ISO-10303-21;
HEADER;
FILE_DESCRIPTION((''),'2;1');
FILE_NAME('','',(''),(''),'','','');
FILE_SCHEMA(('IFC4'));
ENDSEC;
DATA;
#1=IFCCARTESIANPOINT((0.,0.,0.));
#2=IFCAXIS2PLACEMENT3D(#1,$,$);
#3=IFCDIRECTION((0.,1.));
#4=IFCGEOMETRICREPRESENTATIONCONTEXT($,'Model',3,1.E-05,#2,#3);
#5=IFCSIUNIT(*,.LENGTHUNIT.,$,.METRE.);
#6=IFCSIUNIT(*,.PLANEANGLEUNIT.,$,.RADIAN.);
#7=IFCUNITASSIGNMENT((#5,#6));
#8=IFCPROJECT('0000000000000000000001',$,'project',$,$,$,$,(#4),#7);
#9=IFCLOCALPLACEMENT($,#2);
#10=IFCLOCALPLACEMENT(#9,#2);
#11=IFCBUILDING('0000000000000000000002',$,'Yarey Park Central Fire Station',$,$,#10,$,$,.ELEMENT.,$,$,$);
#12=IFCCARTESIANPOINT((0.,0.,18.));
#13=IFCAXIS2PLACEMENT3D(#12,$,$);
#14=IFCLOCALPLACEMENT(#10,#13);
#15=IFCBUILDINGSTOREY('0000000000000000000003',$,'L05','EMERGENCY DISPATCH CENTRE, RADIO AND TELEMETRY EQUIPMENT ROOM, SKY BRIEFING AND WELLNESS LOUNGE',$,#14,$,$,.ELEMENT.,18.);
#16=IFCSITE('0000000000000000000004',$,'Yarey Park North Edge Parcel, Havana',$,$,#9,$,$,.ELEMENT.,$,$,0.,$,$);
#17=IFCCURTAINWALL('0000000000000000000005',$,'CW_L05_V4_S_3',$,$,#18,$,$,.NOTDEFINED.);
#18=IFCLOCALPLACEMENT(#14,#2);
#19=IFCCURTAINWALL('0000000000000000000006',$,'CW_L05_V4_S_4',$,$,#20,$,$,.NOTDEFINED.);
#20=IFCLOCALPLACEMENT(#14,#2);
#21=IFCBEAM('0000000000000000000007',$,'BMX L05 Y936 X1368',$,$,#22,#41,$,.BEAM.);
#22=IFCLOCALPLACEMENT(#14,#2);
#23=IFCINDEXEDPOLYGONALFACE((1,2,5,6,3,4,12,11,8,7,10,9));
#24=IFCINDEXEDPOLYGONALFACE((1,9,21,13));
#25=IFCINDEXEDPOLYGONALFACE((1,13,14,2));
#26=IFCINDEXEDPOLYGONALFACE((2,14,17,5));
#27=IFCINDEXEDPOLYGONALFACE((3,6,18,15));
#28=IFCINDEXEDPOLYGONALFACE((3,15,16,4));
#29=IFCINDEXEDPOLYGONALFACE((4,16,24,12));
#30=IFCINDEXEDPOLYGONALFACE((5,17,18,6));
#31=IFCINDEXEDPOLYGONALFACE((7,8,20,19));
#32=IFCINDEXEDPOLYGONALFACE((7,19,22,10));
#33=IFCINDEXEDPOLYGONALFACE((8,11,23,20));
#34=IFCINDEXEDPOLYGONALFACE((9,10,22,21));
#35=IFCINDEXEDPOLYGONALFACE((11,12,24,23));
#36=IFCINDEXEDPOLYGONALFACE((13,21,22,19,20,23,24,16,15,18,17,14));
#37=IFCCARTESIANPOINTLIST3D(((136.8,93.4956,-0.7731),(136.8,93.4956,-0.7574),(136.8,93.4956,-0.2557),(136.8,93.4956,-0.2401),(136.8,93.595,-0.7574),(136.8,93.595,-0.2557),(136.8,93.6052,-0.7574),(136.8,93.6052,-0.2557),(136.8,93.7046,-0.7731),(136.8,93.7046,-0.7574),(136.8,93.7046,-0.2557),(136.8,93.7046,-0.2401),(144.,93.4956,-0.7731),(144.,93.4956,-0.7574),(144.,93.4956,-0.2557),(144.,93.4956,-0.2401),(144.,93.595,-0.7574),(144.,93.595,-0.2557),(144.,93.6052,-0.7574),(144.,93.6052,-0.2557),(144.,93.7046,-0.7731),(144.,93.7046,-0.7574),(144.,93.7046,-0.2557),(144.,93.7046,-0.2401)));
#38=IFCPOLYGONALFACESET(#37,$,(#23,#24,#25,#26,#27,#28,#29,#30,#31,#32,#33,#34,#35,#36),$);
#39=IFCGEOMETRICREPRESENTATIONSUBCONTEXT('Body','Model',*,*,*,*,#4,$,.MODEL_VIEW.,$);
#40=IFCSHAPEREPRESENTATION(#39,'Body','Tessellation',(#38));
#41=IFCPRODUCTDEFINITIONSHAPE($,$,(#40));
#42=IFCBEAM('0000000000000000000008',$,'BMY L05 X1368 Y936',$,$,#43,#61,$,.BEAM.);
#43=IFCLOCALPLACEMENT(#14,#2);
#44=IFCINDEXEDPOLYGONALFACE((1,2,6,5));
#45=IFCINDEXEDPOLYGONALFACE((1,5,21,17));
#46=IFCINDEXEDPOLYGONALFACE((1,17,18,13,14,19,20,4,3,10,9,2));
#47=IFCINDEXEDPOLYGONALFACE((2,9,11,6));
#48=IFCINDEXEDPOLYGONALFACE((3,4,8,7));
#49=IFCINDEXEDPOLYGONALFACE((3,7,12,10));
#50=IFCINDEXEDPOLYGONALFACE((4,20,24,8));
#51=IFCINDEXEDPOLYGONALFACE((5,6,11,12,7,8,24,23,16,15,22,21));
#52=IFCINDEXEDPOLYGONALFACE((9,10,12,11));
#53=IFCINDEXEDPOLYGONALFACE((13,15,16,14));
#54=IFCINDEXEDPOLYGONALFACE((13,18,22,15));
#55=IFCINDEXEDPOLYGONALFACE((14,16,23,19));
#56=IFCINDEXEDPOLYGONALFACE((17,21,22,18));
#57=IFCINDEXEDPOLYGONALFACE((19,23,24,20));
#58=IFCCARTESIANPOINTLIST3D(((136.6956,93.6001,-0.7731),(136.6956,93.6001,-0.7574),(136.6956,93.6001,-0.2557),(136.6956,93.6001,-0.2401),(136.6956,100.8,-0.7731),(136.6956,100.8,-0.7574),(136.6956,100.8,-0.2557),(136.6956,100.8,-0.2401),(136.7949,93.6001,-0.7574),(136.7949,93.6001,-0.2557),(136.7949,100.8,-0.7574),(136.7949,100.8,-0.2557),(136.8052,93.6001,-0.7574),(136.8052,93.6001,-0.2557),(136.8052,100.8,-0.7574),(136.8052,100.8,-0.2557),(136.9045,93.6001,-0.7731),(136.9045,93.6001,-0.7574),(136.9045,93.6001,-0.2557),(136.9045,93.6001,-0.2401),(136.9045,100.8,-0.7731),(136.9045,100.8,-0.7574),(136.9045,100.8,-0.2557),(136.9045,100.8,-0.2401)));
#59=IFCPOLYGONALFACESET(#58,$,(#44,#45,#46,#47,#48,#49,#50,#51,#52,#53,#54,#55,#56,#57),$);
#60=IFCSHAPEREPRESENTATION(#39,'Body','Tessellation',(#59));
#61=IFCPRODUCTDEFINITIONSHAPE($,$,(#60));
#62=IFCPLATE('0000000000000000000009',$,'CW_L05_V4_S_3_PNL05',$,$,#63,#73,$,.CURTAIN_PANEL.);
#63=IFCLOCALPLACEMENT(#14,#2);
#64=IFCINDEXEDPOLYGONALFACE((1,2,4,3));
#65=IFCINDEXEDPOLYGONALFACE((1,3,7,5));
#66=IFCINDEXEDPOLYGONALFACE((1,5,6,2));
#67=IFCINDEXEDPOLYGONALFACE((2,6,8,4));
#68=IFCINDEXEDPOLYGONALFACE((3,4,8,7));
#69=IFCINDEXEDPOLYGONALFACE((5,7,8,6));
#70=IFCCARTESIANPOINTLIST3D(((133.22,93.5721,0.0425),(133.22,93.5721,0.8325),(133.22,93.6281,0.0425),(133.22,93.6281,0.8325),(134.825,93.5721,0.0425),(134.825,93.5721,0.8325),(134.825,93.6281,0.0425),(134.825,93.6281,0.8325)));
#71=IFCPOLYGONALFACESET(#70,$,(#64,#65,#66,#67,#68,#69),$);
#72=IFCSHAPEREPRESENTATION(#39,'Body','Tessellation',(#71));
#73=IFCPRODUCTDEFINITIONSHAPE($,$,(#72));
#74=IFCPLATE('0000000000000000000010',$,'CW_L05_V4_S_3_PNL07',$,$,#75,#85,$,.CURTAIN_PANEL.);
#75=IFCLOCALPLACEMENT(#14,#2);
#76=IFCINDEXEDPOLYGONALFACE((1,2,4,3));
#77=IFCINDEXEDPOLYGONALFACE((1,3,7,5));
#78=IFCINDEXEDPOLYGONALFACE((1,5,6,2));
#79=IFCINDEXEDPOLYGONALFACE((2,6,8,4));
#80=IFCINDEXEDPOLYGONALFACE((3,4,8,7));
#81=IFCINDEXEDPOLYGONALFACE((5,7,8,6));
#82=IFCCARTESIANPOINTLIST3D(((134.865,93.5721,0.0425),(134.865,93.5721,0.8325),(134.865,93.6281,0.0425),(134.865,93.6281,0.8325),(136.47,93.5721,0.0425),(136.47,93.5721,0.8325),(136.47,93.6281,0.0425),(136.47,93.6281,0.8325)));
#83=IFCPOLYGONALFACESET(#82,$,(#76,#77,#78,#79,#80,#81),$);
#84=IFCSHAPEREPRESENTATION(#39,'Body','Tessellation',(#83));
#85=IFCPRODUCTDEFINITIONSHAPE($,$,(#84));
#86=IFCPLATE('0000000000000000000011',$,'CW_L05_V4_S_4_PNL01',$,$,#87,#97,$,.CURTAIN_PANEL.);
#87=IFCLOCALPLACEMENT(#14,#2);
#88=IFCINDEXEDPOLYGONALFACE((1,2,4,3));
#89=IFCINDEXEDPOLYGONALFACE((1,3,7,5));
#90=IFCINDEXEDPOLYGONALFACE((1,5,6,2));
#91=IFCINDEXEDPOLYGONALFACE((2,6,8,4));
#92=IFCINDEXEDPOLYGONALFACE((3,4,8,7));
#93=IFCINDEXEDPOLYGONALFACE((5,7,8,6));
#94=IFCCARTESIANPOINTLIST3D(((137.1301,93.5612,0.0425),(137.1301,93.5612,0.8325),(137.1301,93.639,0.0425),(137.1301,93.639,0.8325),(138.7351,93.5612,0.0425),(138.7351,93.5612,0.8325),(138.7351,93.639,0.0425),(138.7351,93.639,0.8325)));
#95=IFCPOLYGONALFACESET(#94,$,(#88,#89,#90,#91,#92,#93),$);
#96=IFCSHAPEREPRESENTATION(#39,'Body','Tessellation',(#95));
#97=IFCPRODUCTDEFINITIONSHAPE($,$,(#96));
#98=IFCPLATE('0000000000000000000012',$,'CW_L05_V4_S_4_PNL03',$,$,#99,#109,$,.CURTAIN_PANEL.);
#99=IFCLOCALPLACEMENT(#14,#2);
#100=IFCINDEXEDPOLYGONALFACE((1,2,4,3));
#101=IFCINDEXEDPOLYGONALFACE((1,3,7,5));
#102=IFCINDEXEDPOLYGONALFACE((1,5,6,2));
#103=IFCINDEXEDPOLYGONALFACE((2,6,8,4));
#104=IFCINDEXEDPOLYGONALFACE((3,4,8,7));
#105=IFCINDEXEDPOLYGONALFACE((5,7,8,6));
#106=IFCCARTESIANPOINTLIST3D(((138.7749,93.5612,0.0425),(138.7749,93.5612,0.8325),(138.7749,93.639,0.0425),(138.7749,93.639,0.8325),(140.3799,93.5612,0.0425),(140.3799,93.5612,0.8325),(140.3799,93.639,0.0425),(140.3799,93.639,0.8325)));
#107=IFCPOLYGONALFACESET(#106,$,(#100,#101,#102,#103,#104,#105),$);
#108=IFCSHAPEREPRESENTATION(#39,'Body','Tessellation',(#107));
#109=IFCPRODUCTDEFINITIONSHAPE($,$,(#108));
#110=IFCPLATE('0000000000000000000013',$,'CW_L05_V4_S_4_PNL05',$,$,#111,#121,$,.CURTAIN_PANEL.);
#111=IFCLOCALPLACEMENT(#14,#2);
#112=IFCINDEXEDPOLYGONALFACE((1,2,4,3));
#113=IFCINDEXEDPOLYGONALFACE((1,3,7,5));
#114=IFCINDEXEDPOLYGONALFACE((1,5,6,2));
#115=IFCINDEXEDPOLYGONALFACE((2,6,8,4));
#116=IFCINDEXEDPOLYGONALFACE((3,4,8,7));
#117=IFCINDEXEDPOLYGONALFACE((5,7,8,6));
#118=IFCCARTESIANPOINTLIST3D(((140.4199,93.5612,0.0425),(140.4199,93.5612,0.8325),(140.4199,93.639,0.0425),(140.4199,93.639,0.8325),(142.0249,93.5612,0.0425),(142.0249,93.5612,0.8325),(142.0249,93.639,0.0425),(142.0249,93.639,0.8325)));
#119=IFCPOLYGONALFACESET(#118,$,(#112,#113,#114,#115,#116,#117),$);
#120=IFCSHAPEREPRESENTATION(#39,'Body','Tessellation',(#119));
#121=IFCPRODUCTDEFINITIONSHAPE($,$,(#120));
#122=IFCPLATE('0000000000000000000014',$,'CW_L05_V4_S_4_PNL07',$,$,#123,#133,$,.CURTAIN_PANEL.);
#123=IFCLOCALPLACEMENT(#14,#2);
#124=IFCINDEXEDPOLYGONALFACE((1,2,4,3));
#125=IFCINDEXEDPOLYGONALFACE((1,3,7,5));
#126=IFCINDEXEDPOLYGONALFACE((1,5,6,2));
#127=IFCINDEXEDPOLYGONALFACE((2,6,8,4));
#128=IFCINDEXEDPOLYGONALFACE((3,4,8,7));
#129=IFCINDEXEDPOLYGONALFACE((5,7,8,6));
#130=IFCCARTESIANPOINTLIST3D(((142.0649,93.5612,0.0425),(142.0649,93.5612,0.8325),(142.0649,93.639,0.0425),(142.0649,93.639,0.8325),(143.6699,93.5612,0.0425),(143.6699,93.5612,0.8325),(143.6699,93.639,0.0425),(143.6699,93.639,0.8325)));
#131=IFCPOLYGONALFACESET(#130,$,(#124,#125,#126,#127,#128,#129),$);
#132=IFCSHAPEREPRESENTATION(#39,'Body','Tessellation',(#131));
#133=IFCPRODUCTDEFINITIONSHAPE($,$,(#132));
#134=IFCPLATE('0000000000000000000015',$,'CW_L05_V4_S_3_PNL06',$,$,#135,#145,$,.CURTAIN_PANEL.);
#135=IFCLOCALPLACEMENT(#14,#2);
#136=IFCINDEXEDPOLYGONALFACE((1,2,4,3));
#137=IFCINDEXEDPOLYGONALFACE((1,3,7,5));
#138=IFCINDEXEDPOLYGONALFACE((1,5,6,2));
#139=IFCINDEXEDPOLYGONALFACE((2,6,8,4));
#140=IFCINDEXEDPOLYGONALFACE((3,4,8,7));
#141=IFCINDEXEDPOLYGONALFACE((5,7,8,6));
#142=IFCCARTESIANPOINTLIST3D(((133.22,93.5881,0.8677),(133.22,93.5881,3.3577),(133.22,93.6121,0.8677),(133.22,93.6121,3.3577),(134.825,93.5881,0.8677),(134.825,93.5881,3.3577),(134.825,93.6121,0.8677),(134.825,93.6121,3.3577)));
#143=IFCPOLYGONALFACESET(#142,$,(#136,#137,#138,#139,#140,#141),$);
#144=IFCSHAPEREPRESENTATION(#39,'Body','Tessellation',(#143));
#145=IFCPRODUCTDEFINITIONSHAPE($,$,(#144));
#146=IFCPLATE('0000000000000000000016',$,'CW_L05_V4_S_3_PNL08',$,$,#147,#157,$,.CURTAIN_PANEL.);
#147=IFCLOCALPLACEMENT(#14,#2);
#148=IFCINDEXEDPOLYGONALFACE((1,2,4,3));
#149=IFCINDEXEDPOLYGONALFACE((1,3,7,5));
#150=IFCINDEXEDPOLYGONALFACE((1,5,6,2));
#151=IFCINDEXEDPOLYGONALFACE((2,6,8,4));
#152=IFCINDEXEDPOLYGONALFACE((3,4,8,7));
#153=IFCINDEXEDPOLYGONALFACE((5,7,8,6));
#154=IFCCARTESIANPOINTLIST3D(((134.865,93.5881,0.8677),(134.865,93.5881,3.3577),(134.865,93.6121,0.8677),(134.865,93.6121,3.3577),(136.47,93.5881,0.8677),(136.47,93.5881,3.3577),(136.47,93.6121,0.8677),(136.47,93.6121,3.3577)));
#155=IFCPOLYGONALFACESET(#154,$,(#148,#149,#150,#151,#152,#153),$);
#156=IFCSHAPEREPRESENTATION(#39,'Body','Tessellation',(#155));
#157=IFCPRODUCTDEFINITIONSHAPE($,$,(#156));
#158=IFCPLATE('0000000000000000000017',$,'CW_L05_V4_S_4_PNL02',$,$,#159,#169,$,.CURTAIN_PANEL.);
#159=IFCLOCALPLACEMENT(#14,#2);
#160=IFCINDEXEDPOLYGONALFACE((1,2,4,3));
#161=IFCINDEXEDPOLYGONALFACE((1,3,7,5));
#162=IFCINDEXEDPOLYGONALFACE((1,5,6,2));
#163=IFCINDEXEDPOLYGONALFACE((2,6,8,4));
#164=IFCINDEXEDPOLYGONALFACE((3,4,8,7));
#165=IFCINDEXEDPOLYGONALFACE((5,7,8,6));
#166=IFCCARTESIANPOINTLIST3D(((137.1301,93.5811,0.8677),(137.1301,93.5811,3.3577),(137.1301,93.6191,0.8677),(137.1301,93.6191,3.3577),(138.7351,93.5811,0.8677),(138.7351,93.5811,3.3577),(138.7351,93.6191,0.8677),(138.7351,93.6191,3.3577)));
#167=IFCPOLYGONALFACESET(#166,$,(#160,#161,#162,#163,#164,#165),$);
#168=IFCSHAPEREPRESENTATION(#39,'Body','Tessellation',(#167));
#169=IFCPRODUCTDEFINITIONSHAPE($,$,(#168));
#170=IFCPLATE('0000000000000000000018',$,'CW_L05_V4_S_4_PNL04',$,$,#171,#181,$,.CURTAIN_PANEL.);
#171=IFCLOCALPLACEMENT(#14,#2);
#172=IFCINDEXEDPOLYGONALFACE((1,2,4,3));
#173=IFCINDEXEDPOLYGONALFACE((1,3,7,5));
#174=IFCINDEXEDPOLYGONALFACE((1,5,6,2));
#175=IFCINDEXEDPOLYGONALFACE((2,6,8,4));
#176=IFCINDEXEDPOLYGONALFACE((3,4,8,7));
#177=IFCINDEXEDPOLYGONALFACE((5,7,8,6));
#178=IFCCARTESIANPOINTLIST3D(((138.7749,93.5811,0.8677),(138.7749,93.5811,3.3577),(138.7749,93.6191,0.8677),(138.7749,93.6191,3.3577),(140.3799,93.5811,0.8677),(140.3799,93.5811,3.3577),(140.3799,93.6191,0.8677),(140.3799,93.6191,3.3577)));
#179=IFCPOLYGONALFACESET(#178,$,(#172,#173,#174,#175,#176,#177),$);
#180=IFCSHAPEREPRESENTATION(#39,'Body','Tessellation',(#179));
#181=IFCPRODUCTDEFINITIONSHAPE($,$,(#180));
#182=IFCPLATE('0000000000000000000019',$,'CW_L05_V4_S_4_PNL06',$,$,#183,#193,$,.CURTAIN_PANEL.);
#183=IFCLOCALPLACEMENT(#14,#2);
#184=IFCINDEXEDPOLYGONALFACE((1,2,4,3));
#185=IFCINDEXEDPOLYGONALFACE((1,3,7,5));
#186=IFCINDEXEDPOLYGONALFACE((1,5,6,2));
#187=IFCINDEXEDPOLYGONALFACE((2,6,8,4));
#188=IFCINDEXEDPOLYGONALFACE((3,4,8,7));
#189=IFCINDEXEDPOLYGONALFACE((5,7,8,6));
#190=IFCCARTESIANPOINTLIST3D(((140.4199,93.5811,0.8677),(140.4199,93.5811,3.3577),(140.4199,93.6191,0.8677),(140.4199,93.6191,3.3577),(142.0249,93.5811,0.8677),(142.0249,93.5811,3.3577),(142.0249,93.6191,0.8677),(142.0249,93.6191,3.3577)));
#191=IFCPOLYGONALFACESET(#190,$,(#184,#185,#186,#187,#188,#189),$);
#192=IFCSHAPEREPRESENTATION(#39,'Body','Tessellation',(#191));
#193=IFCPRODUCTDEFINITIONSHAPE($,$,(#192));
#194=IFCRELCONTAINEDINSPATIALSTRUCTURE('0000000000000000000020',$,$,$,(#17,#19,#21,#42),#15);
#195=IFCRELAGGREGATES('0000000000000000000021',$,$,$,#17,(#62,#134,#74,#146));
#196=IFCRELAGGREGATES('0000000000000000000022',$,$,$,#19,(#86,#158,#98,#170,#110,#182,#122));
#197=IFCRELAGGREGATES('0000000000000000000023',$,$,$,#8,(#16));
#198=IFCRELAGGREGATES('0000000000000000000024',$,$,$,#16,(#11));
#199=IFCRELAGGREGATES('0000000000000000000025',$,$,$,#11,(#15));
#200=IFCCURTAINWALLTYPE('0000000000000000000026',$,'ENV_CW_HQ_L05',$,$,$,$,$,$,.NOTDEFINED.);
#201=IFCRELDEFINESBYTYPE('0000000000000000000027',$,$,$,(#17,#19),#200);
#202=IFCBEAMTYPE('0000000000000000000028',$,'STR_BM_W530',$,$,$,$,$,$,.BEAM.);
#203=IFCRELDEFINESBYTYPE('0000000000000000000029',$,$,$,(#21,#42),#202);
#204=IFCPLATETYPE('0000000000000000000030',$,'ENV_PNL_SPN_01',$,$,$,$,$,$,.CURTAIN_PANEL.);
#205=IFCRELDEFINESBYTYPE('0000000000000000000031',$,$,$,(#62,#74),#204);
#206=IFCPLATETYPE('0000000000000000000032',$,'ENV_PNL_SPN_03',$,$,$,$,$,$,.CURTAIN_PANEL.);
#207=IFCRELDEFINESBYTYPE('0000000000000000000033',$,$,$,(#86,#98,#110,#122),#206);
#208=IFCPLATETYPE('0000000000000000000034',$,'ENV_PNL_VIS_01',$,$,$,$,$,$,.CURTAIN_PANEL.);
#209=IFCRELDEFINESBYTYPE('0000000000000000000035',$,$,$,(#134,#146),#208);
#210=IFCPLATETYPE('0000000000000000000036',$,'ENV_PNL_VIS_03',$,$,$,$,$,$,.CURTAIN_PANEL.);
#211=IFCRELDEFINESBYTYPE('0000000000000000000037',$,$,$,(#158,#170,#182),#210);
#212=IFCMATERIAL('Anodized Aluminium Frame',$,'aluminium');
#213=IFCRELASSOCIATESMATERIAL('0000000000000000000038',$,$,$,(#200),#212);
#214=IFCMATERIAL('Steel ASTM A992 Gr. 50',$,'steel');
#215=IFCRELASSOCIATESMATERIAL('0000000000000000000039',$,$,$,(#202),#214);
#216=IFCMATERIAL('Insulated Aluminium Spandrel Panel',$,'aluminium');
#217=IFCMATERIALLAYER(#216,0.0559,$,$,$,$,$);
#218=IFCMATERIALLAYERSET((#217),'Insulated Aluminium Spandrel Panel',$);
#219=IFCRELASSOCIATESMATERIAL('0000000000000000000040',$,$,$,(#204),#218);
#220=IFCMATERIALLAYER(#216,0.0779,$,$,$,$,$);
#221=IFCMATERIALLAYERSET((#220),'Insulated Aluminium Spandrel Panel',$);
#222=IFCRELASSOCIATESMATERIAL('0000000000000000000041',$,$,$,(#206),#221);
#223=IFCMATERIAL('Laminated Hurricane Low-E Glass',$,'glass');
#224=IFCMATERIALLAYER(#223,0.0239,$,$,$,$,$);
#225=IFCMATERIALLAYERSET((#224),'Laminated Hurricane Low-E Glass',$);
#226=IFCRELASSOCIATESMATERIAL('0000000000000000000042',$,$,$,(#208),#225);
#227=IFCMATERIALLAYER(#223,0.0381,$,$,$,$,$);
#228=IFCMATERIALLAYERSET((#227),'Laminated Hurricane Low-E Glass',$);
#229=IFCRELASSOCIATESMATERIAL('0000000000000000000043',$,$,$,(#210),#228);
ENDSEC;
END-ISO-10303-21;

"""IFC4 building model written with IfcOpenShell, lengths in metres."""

from ifc_helpers import new_model, si_unit, direction, frame, origin, origin_2d, place, context, subcontext, project, spatial, rectangle, i_section, extrude, material, layer, layer_set, material_profile, profile_set, type_object, element, aggregate, save


model = new_model("IFC4")

# Units and contexts
model_context = context("Model", 3, precision=1e-05, world=origin(), true_north=direction((0.0, 1.0)))
body_context = subcontext(model_context, "Body", "Model", "MODEL_VIEW")
ifc_project = project(units=[si_unit("LENGTHUNIT", "METRE"), si_unit("PLANEANGLEUNIT", "RADIAN")], contexts=[model_context])

# Site, building, storey
site_placement = place(None, origin())
site = spatial("IfcSite", under=ifc_project, at=site_placement, Name="Yarey Park North Edge Parcel, Havana", CompositionType="ELEMENT", RefElevation=0.0)
building_placement = place(site_placement, origin())
building = spatial("IfcBuilding", under=site, at=building_placement, Name="Yarey Park Central Fire Station", CompositionType="ELEMENT")
storey_placement = place(building_placement, frame((0.0, 0.0, 18.0)))
storey = spatial("IfcBuildingStorey", under=building, at=storey_placement, Name="L05", Description="EMERGENCY DISPATCH CENTRE, RADIO AND TELEMETRY EQUIPMENT ROOM, SKY BRIEFING AND WELLNESS LOUNGE", CompositionType="ELEMENT", Elevation=18.0)

# Curtain walls
ifc_material_1 = material(Name="Anodized Aluminium Frame", Category="aluminium")
curtain_wall_type = type_object("IfcCurtainWallType", Name="ENV_CW_HQ_L05", PredefinedType="NOTDEFINED", material=ifc_material_1)
curtain_wall_1_placement = place(storey_placement, origin())
curtain_wall_1 = element("IfcCurtainWall", 1, at=curtain_wall_1_placement, inside=storey, type_object=curtain_wall_type, Name="CW_L05_V4_S_3", PredefinedType="NOTDEFINED")
curtain_wall_2_placement = place(storey_placement, origin())
curtain_wall_2 = element("IfcCurtainWall", 2, at=curtain_wall_2_placement, inside=storey, type_object=curtain_wall_type, Name="CW_L05_V4_S_4", PredefinedType="NOTDEFINED")

# Beams
ifc_material_2 = material(Name="Steel ASTM A992 Gr. 50", Category="steel")
ifc_material_profile_1 = material_profile(ifc_material_2, i_section(OverallWidth=0.209, OverallDepth=0.533, WebThickness=0.0103, FlangeThickness=0.0156, at=origin_2d()), Name="W530x92")
ifc_profile_set_1 = profile_set([ifc_material_profile_1], Name="Steel ASTM A992 Gr. 50")
beam_type = type_object("IfcBeamType", Name="STR_BM_W530", PredefinedType="BEAM", material=ifc_profile_set_1)
for number, where, z_axis, x_axis, name in (
    (3, (136.8, 93.6001, -0.5066), (1.0, 0.0, 0.0), (0.0, 1.0, 0.0), "BMX L05 Y936 X1368"),
    (4, (136.8, 93.6001, -0.5066), (0.0, 1.0, 0.0), (-1.0, 0.0, 0.0), "BMY L05 X1368 Y936"),
):
    element("IfcBeam", number, at=place(storey_placement, frame(where, z_axis=z_axis, x_axis=x_axis)), inside=storey, type_object=beam_type, Name=name, PredefinedType="BEAM", context=body_context, shape_type="SweptSolid", body=[
        extrude(i_section(OverallWidth=0.209, OverallDepth=0.533, WebThickness=0.0103, FlangeThickness=0.0156, at=origin_2d()), origin(), (0.0, 0.0, 1.0), 7.2),
    ])

# Plates
ifc_material_3 = material(Name="Insulated Aluminium Spandrel Panel", Category="aluminium")
ifc_layer_1 = layer(ifc_material_3, 0.0559)
ifc_layer_set_1 = layer_set([ifc_layer_1], Name="Insulated Aluminium Spandrel Panel")
plate_type_1 = type_object("IfcPlateType", Name="ENV_PNL_SPN_01", PredefinedType="CURTAIN_PANEL", material=ifc_layer_set_1)
plate_1_placement = place(storey_placement, frame((134.0225, 93.6001, 0.0425), z_axis=(0.0, 0.0, 1.0), x_axis=(1.0, 0.0, 0.0)))
plate_1 = element("IfcPlate", 5, at=plate_1_placement, type_object=plate_type_1, Name="CW_L05_V4_S_3_PNL05", PredefinedType="CURTAIN_PANEL", context=body_context, shape_type="SweptSolid", body=[
    extrude(rectangle(XDim=1.605, YDim=0.0559, at=origin_2d()), origin(), (0.0, 0.0, 1.0), 0.79),
])
plate_2_placement = place(storey_placement, frame((135.6675, 93.6001, 0.0425), z_axis=(0.0, 0.0, 1.0), x_axis=(1.0, 0.0, 0.0)))
plate_2 = element("IfcPlate", 6, at=plate_2_placement, type_object=plate_type_1, Name="CW_L05_V4_S_3_PNL07", PredefinedType="CURTAIN_PANEL", context=body_context, shape_type="SweptSolid", body=[
    extrude(rectangle(XDim=1.605, YDim=0.0559, at=origin_2d()), origin(), (0.0, 0.0, 1.0), 0.79),
])
ifc_layer_2 = layer(ifc_material_3, 0.0779)
ifc_layer_set_2 = layer_set([ifc_layer_2], Name="Insulated Aluminium Spandrel Panel")
plate_type_2 = type_object("IfcPlateType", Name="ENV_PNL_SPN_03", PredefinedType="CURTAIN_PANEL", material=ifc_layer_set_2)
plate_3_placement = place(storey_placement, frame((137.9326, 93.6001, 0.0425), z_axis=(0.0, 0.0, 1.0), x_axis=(1.0, 0.0, 0.0)))
plate_3 = element("IfcPlate", 7, at=plate_3_placement, type_object=plate_type_2, Name="CW_L05_V4_S_4_PNL01", PredefinedType="CURTAIN_PANEL", context=body_context, shape_type="SweptSolid", body=[
    extrude(rectangle(XDim=1.605, YDim=0.0779, at=origin_2d()), origin(), (0.0, 0.0, 1.0), 0.79),
])
plate_4_placement = place(storey_placement, frame((139.5774, 93.6001, 0.0425), z_axis=(0.0, 0.0, 1.0), x_axis=(1.0, 0.0, 0.0)))
plate_4 = element("IfcPlate", 8, at=plate_4_placement, type_object=plate_type_2, Name="CW_L05_V4_S_4_PNL03", PredefinedType="CURTAIN_PANEL", context=body_context, shape_type="SweptSolid", body=[
    extrude(rectangle(XDim=1.605, YDim=0.0779, at=origin_2d()), origin(), (0.0, 0.0, 1.0), 0.79),
])
plate_5_placement = place(storey_placement, frame((141.2224, 93.6001, 0.0425), z_axis=(0.0, 0.0, 1.0), x_axis=(1.0, 0.0, 0.0)))
plate_5 = element("IfcPlate", 9, at=plate_5_placement, type_object=plate_type_2, Name="CW_L05_V4_S_4_PNL05", PredefinedType="CURTAIN_PANEL", context=body_context, shape_type="SweptSolid", body=[
    extrude(rectangle(XDim=1.605, YDim=0.0779, at=origin_2d()), origin(), (0.0, 0.0, 1.0), 0.79),
])
plate_6_placement = place(storey_placement, frame((142.8674, 93.6001, 0.0425), z_axis=(0.0, 0.0, 1.0), x_axis=(1.0, 0.0, 0.0)))
plate_6 = element("IfcPlate", 10, at=plate_6_placement, type_object=plate_type_2, Name="CW_L05_V4_S_4_PNL07", PredefinedType="CURTAIN_PANEL", context=body_context, shape_type="SweptSolid", body=[
    extrude(rectangle(XDim=1.605, YDim=0.0779, at=origin_2d()), origin(), (0.0, 0.0, 1.0), 0.79),
])
ifc_material_4 = material(Name="Laminated Hurricane Low-E Glass", Category="glass")
ifc_layer_3 = layer(ifc_material_4, 0.0239)
ifc_layer_set_3 = layer_set([ifc_layer_3], Name="Laminated Hurricane Low-E Glass")
plate_type_3 = type_object("IfcPlateType", Name="ENV_PNL_VIS_01", PredefinedType="CURTAIN_PANEL", material=ifc_layer_set_3)
plate_7_placement = place(storey_placement, frame((134.0225, 93.6001, 0.8677), z_axis=(0.0, 0.0, 1.0), x_axis=(1.0, 0.0, 0.0)))
plate_7 = element("IfcPlate", 11, at=plate_7_placement, type_object=plate_type_3, Name="CW_L05_V4_S_3_PNL06", PredefinedType="CURTAIN_PANEL", context=body_context, shape_type="SweptSolid", body=[
    extrude(rectangle(XDim=1.605, YDim=0.0239, at=origin_2d()), origin(), (0.0, 0.0, 1.0), 2.49),
])
plate_8_placement = place(storey_placement, frame((135.6675, 93.6001, 0.8677), z_axis=(0.0, 0.0, 1.0), x_axis=(1.0, 0.0, 0.0)))
plate_8 = element("IfcPlate", 12, at=plate_8_placement, type_object=plate_type_3, Name="CW_L05_V4_S_3_PNL08", PredefinedType="CURTAIN_PANEL", context=body_context, shape_type="SweptSolid", body=[
    extrude(rectangle(XDim=1.605, YDim=0.0239, at=origin_2d()), origin(), (0.0, 0.0, 1.0), 2.49),
])
aggregate(curtain_wall_1, [plate_1, plate_7, plate_2, plate_8])
ifc_layer_4 = layer(ifc_material_4, 0.0381)
ifc_layer_set_4 = layer_set([ifc_layer_4], Name="Laminated Hurricane Low-E Glass")
plate_type_4 = type_object("IfcPlateType", Name="ENV_PNL_VIS_03", PredefinedType="CURTAIN_PANEL", material=ifc_layer_set_4)
plate_9_placement = place(storey_placement, frame((137.9326, 93.6001, 0.8677), z_axis=(0.0, 0.0, 1.0), x_axis=(1.0, 0.0, 0.0)))
plate_9 = element("IfcPlate", 13, at=plate_9_placement, type_object=plate_type_4, Name="CW_L05_V4_S_4_PNL02", PredefinedType="CURTAIN_PANEL", context=body_context, shape_type="SweptSolid", body=[
    extrude(rectangle(XDim=1.605, YDim=0.0381, at=origin_2d()), origin(), (0.0, 0.0, 1.0), 2.49),
])
plate_10_placement = place(storey_placement, frame((139.5774, 93.6001, 0.8677), z_axis=(0.0, 0.0, 1.0), x_axis=(1.0, 0.0, 0.0)))
plate_10 = element("IfcPlate", 14, at=plate_10_placement, type_object=plate_type_4, Name="CW_L05_V4_S_4_PNL04", PredefinedType="CURTAIN_PANEL", context=body_context, shape_type="SweptSolid", body=[
    extrude(rectangle(XDim=1.605, YDim=0.0381, at=origin_2d()), origin(), (0.0, 0.0, 1.0), 2.49),
])
plate_11_placement = place(storey_placement, frame((141.2224, 93.6001, 0.8677), z_axis=(0.0, 0.0, 1.0), x_axis=(1.0, 0.0, 0.0)))
plate_11 = element("IfcPlate", 15, at=plate_11_placement, type_object=plate_type_4, Name="CW_L05_V4_S_4_PNL06", PredefinedType="CURTAIN_PANEL", context=body_context, shape_type="SweptSolid", body=[
    extrude(rectangle(XDim=1.605, YDim=0.0381, at=origin_2d()), origin(), (0.0, 0.0, 1.0), 2.49),
])
aggregate(curtain_wall_2, [plate_3, plate_9, plate_4, plate_10, plate_5, plate_11, plate_6])

save(model, "model.ifc")
